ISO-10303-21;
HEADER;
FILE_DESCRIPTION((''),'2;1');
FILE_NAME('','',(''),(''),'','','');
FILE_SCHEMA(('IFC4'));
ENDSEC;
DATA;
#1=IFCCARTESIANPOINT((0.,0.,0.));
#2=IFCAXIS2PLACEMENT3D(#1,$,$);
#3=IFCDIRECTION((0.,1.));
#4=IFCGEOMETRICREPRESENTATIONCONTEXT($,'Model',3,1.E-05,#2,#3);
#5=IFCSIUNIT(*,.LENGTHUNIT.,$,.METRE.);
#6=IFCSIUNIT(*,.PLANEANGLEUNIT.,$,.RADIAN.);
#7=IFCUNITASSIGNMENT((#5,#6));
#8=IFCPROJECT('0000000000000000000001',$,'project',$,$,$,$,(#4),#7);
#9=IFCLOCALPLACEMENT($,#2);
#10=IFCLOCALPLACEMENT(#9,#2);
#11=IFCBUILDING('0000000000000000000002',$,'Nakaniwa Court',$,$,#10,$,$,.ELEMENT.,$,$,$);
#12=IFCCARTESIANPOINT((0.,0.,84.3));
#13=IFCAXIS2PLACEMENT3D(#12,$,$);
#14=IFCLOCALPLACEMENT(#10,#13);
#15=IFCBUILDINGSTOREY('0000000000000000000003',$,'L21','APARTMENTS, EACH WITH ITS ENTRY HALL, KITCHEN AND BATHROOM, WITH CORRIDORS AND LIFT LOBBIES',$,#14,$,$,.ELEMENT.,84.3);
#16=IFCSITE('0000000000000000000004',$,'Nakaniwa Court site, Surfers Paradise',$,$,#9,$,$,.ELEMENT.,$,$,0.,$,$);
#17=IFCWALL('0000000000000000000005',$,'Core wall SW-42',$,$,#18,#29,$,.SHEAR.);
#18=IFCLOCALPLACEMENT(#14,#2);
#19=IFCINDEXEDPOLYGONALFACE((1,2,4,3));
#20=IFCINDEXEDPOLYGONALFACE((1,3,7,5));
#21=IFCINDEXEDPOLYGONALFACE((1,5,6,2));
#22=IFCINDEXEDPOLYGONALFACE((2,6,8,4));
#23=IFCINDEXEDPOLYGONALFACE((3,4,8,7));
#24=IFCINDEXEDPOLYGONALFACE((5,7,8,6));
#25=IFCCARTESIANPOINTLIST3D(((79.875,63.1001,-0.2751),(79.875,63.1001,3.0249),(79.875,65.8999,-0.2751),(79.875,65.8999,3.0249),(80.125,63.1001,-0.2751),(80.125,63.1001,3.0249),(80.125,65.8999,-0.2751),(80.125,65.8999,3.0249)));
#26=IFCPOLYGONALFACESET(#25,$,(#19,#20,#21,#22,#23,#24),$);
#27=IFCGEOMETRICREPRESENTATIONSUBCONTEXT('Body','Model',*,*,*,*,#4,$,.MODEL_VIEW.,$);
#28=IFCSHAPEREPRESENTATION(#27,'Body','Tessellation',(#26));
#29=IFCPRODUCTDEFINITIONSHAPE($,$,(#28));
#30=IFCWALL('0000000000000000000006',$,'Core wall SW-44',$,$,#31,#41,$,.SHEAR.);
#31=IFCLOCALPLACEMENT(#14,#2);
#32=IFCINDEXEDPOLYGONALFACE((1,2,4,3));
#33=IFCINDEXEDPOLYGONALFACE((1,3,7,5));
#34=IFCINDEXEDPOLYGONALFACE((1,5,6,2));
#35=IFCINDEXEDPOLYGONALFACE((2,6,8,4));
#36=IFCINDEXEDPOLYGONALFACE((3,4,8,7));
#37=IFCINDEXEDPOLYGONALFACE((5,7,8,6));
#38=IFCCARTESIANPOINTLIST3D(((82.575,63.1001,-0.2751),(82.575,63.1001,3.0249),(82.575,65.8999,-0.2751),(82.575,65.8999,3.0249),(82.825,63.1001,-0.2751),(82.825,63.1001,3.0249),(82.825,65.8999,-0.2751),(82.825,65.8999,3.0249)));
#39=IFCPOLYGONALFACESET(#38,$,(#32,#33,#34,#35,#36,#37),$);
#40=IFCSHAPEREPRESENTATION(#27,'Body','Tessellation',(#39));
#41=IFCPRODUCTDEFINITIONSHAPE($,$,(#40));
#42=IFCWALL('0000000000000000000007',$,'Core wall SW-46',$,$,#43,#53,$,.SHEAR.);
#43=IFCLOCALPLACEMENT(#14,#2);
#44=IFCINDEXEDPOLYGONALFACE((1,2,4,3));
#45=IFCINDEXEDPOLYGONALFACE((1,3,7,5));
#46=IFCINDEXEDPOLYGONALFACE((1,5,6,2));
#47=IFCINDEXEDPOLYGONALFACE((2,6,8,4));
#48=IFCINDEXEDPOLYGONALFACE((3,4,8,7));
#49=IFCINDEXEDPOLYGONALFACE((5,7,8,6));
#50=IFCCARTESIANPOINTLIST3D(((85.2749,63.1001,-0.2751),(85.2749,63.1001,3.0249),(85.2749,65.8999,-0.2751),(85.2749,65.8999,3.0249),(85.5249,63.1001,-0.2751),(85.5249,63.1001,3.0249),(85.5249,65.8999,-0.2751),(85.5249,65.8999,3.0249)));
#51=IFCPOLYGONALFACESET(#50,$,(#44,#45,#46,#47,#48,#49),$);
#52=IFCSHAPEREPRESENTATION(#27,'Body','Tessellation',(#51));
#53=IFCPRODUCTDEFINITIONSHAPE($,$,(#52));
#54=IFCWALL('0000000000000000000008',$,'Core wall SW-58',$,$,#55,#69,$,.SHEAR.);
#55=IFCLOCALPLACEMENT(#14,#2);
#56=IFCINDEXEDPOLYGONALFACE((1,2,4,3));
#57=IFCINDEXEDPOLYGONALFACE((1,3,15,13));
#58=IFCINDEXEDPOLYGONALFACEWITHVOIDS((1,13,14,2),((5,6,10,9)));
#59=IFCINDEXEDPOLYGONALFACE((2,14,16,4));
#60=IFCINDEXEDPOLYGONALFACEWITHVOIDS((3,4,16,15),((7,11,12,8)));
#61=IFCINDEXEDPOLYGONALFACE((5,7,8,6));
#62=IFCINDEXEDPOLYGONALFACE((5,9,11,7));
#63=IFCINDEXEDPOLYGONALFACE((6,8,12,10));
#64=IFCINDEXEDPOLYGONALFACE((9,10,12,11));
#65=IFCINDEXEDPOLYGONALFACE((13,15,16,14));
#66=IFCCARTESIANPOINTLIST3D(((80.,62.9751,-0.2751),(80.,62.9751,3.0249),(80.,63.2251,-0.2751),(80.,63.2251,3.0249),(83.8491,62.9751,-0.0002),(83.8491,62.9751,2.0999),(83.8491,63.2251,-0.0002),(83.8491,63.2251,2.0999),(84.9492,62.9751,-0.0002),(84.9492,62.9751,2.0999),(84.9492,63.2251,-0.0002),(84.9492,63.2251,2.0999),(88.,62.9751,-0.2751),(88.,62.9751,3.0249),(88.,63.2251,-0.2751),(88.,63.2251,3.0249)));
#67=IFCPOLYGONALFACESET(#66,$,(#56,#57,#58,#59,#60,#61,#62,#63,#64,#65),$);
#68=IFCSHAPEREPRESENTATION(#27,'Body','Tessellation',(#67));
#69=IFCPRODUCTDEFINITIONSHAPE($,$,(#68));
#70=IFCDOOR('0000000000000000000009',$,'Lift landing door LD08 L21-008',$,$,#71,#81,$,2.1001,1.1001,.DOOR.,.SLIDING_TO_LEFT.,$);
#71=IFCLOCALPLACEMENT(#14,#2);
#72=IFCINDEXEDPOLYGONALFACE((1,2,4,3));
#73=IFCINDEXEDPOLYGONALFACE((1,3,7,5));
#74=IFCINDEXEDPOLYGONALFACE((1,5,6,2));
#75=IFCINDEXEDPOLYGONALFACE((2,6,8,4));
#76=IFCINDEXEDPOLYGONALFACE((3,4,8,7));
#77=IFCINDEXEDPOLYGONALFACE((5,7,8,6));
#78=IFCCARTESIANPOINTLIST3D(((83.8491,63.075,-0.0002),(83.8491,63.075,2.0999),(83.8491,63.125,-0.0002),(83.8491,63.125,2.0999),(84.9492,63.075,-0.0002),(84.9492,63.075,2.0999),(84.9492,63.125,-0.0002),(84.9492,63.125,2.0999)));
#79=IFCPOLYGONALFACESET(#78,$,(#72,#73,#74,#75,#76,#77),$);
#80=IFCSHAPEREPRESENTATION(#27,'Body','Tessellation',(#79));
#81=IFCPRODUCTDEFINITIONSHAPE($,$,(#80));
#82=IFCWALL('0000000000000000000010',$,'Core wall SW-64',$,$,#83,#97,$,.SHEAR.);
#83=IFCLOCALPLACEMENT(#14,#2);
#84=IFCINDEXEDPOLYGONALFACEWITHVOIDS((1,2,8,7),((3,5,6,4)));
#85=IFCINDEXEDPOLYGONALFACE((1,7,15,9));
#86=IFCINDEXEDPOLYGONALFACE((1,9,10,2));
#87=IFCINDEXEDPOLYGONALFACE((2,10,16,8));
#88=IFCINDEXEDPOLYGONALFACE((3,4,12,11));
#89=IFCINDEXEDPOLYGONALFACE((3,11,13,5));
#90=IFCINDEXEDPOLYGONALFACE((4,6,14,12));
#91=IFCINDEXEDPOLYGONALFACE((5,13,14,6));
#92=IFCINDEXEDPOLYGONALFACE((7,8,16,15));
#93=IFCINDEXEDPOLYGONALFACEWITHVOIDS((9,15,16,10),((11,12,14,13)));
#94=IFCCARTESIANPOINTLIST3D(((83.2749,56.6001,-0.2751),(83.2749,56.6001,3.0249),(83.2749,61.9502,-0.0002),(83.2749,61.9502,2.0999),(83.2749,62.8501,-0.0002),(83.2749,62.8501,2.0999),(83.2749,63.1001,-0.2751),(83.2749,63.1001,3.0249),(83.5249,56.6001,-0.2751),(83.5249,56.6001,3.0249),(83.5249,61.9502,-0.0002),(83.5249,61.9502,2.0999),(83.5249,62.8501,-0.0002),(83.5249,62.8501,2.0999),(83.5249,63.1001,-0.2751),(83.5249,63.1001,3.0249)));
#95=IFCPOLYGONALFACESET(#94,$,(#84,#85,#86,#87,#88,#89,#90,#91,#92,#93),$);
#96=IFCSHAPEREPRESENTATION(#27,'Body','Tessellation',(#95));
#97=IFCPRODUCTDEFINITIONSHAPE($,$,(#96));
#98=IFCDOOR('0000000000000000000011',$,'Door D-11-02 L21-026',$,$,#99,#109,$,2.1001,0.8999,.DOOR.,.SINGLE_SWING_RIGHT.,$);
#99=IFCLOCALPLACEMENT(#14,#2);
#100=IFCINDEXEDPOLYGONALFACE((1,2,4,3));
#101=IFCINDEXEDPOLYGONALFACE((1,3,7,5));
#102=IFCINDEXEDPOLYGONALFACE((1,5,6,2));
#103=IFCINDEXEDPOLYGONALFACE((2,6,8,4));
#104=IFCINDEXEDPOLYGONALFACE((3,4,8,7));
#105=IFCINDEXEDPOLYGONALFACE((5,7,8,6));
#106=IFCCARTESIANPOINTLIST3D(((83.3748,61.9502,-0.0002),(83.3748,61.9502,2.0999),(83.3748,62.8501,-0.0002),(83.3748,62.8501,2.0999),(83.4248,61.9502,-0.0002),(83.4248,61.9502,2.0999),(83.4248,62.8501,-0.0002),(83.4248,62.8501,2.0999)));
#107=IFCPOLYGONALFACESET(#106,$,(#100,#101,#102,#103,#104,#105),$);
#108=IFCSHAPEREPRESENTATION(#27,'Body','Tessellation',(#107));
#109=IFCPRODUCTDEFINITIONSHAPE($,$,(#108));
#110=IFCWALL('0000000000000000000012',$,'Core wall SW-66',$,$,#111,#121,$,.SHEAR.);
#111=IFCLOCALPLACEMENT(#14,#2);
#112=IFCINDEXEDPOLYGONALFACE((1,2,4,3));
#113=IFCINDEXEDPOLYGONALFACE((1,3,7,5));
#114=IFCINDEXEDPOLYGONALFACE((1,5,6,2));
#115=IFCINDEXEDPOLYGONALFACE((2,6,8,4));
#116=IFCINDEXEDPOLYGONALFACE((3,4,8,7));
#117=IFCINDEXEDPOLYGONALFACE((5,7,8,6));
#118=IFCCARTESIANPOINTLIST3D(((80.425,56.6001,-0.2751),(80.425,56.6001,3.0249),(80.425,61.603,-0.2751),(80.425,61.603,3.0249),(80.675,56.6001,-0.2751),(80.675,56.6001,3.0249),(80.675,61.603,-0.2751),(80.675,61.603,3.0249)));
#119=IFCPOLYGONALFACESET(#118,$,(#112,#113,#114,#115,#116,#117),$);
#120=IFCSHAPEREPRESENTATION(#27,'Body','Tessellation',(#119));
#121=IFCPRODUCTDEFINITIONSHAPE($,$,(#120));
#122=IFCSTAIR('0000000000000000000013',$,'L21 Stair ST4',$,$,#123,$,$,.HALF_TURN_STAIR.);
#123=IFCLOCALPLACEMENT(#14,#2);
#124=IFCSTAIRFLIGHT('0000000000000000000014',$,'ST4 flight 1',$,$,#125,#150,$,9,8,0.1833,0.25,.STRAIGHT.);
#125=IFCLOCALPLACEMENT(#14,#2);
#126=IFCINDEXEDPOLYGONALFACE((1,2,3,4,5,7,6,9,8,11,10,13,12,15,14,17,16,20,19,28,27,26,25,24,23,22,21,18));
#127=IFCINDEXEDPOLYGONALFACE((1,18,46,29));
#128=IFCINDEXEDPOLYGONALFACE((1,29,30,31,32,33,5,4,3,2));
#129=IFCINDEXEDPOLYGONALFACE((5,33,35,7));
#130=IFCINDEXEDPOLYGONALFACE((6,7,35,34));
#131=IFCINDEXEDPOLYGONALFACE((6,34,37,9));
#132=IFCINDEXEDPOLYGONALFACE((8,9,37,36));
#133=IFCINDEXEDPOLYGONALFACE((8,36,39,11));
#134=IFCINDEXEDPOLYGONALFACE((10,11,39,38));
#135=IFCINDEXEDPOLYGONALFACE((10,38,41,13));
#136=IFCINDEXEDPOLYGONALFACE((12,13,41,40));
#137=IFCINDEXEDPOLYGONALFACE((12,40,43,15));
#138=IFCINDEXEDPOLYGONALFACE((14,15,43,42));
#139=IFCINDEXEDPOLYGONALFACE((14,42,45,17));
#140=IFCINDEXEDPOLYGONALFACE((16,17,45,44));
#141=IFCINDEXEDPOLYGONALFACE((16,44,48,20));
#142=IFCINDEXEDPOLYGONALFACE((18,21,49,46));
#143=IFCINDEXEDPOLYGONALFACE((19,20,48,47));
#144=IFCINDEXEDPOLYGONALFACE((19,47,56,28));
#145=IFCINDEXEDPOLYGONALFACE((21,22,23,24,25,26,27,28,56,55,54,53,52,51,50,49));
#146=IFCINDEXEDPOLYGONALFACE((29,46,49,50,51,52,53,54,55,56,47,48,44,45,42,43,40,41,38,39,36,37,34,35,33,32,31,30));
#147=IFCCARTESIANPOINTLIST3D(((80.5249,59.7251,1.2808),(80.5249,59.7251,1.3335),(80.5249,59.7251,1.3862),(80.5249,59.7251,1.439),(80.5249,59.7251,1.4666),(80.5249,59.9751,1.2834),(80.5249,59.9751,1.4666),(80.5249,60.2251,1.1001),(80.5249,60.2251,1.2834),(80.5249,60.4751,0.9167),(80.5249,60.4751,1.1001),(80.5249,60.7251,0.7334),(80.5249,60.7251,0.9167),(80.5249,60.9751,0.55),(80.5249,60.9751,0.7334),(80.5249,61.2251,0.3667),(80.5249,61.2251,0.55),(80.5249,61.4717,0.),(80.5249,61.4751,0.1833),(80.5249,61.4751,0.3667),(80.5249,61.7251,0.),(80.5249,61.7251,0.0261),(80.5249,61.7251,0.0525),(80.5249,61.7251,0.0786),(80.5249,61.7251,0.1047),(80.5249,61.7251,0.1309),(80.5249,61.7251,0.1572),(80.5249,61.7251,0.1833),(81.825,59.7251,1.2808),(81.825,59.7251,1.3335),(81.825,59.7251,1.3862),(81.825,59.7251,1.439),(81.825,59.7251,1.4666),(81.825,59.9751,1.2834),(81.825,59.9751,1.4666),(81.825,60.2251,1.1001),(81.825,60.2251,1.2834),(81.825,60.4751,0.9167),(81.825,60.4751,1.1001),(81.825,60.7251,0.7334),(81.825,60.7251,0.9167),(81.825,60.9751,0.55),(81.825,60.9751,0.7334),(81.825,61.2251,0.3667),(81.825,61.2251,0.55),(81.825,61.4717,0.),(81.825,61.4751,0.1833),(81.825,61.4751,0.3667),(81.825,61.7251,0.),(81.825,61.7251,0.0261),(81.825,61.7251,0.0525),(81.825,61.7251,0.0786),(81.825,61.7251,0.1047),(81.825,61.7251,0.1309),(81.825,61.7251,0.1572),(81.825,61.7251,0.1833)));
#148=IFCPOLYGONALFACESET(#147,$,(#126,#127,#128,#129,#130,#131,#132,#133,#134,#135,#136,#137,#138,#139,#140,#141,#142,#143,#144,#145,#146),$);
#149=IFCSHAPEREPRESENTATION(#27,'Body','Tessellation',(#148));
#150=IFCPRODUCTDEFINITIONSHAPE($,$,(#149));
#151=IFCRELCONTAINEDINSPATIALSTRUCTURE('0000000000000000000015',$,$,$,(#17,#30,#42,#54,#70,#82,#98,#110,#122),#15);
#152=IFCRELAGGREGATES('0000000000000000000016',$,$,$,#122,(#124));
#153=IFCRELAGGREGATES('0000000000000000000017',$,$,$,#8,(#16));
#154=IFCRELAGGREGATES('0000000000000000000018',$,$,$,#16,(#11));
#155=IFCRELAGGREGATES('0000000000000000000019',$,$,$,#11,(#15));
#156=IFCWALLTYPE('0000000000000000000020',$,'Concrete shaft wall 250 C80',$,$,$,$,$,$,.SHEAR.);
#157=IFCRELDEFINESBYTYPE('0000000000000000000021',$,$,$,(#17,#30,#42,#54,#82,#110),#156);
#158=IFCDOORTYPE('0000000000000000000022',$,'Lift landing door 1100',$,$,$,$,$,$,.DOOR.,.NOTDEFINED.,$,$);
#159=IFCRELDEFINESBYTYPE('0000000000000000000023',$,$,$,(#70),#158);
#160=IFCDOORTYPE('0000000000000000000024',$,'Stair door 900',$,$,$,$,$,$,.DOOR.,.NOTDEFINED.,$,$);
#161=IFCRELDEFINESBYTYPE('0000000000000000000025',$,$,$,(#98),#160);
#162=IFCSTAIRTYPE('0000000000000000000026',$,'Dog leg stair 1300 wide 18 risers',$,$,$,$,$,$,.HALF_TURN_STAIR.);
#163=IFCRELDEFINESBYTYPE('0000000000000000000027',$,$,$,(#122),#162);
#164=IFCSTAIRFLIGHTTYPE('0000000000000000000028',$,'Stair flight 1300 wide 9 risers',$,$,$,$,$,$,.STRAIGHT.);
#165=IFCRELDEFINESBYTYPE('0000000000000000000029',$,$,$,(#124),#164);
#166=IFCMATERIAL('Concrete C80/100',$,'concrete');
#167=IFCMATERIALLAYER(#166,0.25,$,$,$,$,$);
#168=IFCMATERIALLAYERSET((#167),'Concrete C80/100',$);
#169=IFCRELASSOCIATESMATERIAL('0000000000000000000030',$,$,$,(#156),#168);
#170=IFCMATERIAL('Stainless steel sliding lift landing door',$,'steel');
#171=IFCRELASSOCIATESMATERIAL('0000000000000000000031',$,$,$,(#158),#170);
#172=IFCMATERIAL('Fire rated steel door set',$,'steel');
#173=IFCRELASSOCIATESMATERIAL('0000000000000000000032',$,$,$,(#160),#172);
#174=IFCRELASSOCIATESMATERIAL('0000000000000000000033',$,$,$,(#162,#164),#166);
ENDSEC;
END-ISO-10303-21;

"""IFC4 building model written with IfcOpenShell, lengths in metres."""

from ifc_helpers import new_model, si_unit, direction, frame, frame_2d, origin, place, context, subcontext, project, spatial, polyline, rectangle, outline, extrude, material, layer, layer_set, type_object, element, fill, aggregate, save


model = new_model("IFC4")

# Units and contexts
model_context = context("Model", 3, precision=1e-05, world=origin(), true_north=direction((0.0, 1.0)))
body_context = subcontext(model_context, "Body", "Model", "MODEL_VIEW")
ifc_project = project(units=[si_unit("LENGTHUNIT", "METRE"), si_unit("PLANEANGLEUNIT", "RADIAN")], contexts=[model_context])

# Site, building, storey
site_placement = place(None, origin())
site = spatial("IfcSite", under=ifc_project, at=site_placement, Name="Nakaniwa Court site, Surfers Paradise", CompositionType="ELEMENT", RefElevation=0.0)
building_placement = place(site_placement, origin())
building = spatial("IfcBuilding", under=site, at=building_placement, Name="Nakaniwa Court", CompositionType="ELEMENT")
storey_placement = place(building_placement, frame((0.0, 0.0, 84.3)))
storey = spatial("IfcBuildingStorey", under=building, at=storey_placement, Name="L21", Description="APARTMENTS, EACH WITH ITS ENTRY HALL, KITCHEN AND BATHROOM, WITH CORRIDORS AND LIFT LOBBIES", CompositionType="ELEMENT", Elevation=84.3)

# Shared definitions
ifc_material_1 = material(Name="Concrete C80/100", Category="concrete")

# Shared definitions
ifc_material_2 = material(Name="Fire rated steel door set", Category="steel")

# Walls
ifc_layer_1 = layer(ifc_material_1, 0.25)
ifc_layer_set_1 = layer_set([ifc_layer_1], Name="Concrete C80/100")
wall_type_1 = type_object("IfcWallType", Name="Concrete shaft wall 250 C80", PredefinedType="SHEAR", material=ifc_layer_set_1)
for number, where, z_axis, x_axis, name in (
    (1, (80.0, 63.1001, -0.2751), (0.0, 0.0, 1.0), (0.0, 1.0, 0.0), "Core wall SW-42"),
    (2, (82.7, 63.1001, -0.2751), (0.0, 0.0, 1.0), (0.0, 1.0, 0.0), "Core wall SW-44"),
    (3, (85.3999, 63.1001, -0.2751), (0.0, 0.0, 1.0), (0.0, 1.0, 0.0), "Core wall SW-46"),
):
    element("IfcWall", number, at=place(storey_placement, frame(where, z_axis=z_axis, x_axis=x_axis)), inside=storey, type_object=wall_type_1, Name=name, PredefinedType="SHEAR", context=body_context, shape_type="SweptSolid", body=[
        extrude(rectangle(XDim=2.7998, YDim=0.25, at=frame_2d((1.3999, 0.0))), origin(), (0.0, 0.0, 1.0), 3.3),
    ])

# Walls, openings, doors
wall_1_placement = place(storey_placement, frame((80.0, 63.1001, -0.2751), z_axis=(0.0, 0.0, 1.0), x_axis=(1.0, 0.0, 0.0)))
wall_1 = element("IfcWall", 4, at=wall_1_placement, inside=storey, type_object=wall_type_1, Name="Core wall SW-58", PredefinedType="SHEAR", context=body_context, shape_type="SweptSolid", body=[
    extrude(rectangle(XDim=8.0, YDim=0.25, at=frame_2d((4.0, 0.0))), origin(), (0.0, 0.0, 1.0), 3.3),
])
opening_1_placement = place(wall_1_placement, frame((3.8491, 0.0, 0.2749)))
opening_1 = element("IfcOpeningElement", 5, at=opening_1_placement, cuts=wall_1, PredefinedType="OPENING", context=body_context, shape_type="SweptSolid", body=[
    extrude(rectangle(XDim=1.1001, YDim=2.1001, at=frame_2d((0.55, 1.05))), frame((0.0, 0.135, 0.0), z_axis=(0.0, -1.0, 0.0), x_axis=(1.0, 0.0, 0.0)), (0.0, 0.0, 1.0), 0.27),
])
ifc_material_3 = material(Name="Stainless steel sliding lift landing door", Category="steel")
door_type_1 = type_object("IfcDoorType", Name="Lift landing door 1100", OperationType="NOTDEFINED", PredefinedType="DOOR", material=ifc_material_3)
door_1_placement = place(opening_1_placement, origin())
door_1 = element("IfcDoor", 6, at=door_1_placement, inside=storey, type_object=door_type_1, Name="Lift landing door LD08 L21-008", OperationType="SLIDING_TO_LEFT", OverallHeight=2.1001, OverallWidth=1.1001, PredefinedType="DOOR", context=body_context, shape_type="SweptSolid", body=[
    extrude(rectangle(XDim=1.1001, YDim=2.1001, at=frame_2d((0.55, 1.05))), frame((0.0, 0.0249, 0.0), z_axis=(0.0, -1.0, 0.0), x_axis=(1.0, 0.0, 0.0)), (0.0, 0.0, 1.0), 0.05),
])
fill(opening_1, door_1)
wall_2_placement = place(storey_placement, frame((83.3999, 63.1001, -0.2751), z_axis=(0.0, 0.0, 1.0), x_axis=(0.0, -1.0, 0.0)))
wall_2 = element("IfcWall", 7, at=wall_2_placement, inside=storey, type_object=wall_type_1, Name="Core wall SW-64", PredefinedType="SHEAR", context=body_context, shape_type="SweptSolid", body=[
    extrude(rectangle(XDim=6.5, YDim=0.25, at=frame_2d((3.25, 0.0))), origin(), (0.0, 0.0, 1.0), 3.3),
])
opening_2_placement = place(wall_2_placement, frame((0.25, 0.0, 0.2749)))
opening_2 = element("IfcOpeningElement", 8, at=opening_2_placement, cuts=wall_2, PredefinedType="OPENING", context=body_context, shape_type="SweptSolid", body=[
    extrude(rectangle(XDim=0.8999, YDim=2.1001, at=frame_2d((0.45, 1.05))), frame((0.0, 0.135, 0.0), z_axis=(0.0, -1.0, 0.0), x_axis=(1.0, 0.0, 0.0)), (0.0, 0.0, 1.0), 0.27),
])
door_type_2 = type_object("IfcDoorType", Name="Stair door 900", OperationType="NOTDEFINED", PredefinedType="DOOR", material=ifc_material_2)
door_2_placement = place(opening_2_placement, origin())
door_2 = element("IfcDoor", 9, at=door_2_placement, inside=storey, type_object=door_type_2, Name="Door D-11-02 L21-026", OperationType="SINGLE_SWING_RIGHT", OverallHeight=2.1001, OverallWidth=0.8999, PredefinedType="DOOR", context=body_context, shape_type="SweptSolid", body=[
    extrude(rectangle(XDim=0.8999, YDim=2.1001, at=frame_2d((0.45, 1.05))), frame((0.0, 0.0249, 0.0), z_axis=(0.0, -1.0, 0.0), x_axis=(1.0, 0.0, 0.0)), (0.0, 0.0, 1.0), 0.05),
])
fill(opening_2, door_2)

# Wall
wall_3_placement = place(storey_placement, frame((80.55, 56.6001, -0.2751), z_axis=(0.0, 0.0, 1.0), x_axis=(0.0, 1.0, 0.0)))
element("IfcWall", 10, at=wall_3_placement, inside=storey, type_object=wall_type_1, Name="Core wall SW-66", PredefinedType="SHEAR", context=body_context, shape_type="SweptSolid", body=[
    extrude(rectangle(XDim=5.0029, YDim=0.25, at=frame_2d((2.5015, 0.0))), origin(), (0.0, 0.0, 1.0), 3.3),
])

# Stair, stair flight
stair_type = type_object("IfcStairType", Name="Dog leg stair 1300 wide 18 risers", PredefinedType="HALF_TURN_STAIR", material=ifc_material_1)
stair_placement = place(storey_placement, origin())
stair = element("IfcStair", 11, at=stair_placement, inside=storey, type_object=stair_type, Name="L21 Stair ST4", PredefinedType="HALF_TURN_STAIR")
stair_flight_type = type_object("IfcStairFlightType", Name="Stair flight 1300 wide 9 risers", PredefinedType="STRAIGHT", material=ifc_material_1)
stair_flight_1_placement = place(storey_placement, frame((81.175, 61.7251, 0.0), z_axis=(0.0, 0.0, 1.0), x_axis=(0.0, -1.0, 0.0)))
stair_flight_1 = element("IfcStairFlight", 12, at=stair_flight_1_placement, type_object=stair_flight_type, Name="ST4 flight 1", NumberOfRisers=9, NumberOfTreads=8, PredefinedType="STRAIGHT", RiserHeight=0.1833, TreadLength=0.25, context=body_context, shape_type="SweptSolid", body=[
    extrude(outline(polyline([(0.0, 0.0), (0.0, 0.0261), (0.0, 0.0525), (0.0, 0.0786), (0.0, 0.1047), (0.0, 0.1309), (0.0, 0.1572), (0.0, 0.1833), (0.25, 0.1833), (0.25, 0.3667), (0.5, 0.3667), (0.5, 0.55), (0.75, 0.55), (0.75, 0.7334), (1.0, 0.7334), (1.0, 0.9167), (1.25, 0.9167), (1.25, 1.1001), (1.5, 1.1001), (1.5, 1.2834), (1.75, 1.2834), (1.75, 1.4666), (2.0, 1.4666), (2.0, 1.6499), (2.0, 1.5972), (2.0, 1.5444), (2.0, 1.4917), (2.0, 1.439), (2.0, 1.3862), (2.0, 1.3335), (2.0, 1.2808), (0.2534, 0.0), (0.0, 0.0)])), frame((0.0, 0.6499, 0.0), z_axis=(0.0, -1.0, 0.0), x_axis=(1.0, 0.0, 0.0)), (0.0, 0.0, 1.0), 1.3),
])
aggregate(stair, [stair_flight_1])

save(model, "model.ifc")
